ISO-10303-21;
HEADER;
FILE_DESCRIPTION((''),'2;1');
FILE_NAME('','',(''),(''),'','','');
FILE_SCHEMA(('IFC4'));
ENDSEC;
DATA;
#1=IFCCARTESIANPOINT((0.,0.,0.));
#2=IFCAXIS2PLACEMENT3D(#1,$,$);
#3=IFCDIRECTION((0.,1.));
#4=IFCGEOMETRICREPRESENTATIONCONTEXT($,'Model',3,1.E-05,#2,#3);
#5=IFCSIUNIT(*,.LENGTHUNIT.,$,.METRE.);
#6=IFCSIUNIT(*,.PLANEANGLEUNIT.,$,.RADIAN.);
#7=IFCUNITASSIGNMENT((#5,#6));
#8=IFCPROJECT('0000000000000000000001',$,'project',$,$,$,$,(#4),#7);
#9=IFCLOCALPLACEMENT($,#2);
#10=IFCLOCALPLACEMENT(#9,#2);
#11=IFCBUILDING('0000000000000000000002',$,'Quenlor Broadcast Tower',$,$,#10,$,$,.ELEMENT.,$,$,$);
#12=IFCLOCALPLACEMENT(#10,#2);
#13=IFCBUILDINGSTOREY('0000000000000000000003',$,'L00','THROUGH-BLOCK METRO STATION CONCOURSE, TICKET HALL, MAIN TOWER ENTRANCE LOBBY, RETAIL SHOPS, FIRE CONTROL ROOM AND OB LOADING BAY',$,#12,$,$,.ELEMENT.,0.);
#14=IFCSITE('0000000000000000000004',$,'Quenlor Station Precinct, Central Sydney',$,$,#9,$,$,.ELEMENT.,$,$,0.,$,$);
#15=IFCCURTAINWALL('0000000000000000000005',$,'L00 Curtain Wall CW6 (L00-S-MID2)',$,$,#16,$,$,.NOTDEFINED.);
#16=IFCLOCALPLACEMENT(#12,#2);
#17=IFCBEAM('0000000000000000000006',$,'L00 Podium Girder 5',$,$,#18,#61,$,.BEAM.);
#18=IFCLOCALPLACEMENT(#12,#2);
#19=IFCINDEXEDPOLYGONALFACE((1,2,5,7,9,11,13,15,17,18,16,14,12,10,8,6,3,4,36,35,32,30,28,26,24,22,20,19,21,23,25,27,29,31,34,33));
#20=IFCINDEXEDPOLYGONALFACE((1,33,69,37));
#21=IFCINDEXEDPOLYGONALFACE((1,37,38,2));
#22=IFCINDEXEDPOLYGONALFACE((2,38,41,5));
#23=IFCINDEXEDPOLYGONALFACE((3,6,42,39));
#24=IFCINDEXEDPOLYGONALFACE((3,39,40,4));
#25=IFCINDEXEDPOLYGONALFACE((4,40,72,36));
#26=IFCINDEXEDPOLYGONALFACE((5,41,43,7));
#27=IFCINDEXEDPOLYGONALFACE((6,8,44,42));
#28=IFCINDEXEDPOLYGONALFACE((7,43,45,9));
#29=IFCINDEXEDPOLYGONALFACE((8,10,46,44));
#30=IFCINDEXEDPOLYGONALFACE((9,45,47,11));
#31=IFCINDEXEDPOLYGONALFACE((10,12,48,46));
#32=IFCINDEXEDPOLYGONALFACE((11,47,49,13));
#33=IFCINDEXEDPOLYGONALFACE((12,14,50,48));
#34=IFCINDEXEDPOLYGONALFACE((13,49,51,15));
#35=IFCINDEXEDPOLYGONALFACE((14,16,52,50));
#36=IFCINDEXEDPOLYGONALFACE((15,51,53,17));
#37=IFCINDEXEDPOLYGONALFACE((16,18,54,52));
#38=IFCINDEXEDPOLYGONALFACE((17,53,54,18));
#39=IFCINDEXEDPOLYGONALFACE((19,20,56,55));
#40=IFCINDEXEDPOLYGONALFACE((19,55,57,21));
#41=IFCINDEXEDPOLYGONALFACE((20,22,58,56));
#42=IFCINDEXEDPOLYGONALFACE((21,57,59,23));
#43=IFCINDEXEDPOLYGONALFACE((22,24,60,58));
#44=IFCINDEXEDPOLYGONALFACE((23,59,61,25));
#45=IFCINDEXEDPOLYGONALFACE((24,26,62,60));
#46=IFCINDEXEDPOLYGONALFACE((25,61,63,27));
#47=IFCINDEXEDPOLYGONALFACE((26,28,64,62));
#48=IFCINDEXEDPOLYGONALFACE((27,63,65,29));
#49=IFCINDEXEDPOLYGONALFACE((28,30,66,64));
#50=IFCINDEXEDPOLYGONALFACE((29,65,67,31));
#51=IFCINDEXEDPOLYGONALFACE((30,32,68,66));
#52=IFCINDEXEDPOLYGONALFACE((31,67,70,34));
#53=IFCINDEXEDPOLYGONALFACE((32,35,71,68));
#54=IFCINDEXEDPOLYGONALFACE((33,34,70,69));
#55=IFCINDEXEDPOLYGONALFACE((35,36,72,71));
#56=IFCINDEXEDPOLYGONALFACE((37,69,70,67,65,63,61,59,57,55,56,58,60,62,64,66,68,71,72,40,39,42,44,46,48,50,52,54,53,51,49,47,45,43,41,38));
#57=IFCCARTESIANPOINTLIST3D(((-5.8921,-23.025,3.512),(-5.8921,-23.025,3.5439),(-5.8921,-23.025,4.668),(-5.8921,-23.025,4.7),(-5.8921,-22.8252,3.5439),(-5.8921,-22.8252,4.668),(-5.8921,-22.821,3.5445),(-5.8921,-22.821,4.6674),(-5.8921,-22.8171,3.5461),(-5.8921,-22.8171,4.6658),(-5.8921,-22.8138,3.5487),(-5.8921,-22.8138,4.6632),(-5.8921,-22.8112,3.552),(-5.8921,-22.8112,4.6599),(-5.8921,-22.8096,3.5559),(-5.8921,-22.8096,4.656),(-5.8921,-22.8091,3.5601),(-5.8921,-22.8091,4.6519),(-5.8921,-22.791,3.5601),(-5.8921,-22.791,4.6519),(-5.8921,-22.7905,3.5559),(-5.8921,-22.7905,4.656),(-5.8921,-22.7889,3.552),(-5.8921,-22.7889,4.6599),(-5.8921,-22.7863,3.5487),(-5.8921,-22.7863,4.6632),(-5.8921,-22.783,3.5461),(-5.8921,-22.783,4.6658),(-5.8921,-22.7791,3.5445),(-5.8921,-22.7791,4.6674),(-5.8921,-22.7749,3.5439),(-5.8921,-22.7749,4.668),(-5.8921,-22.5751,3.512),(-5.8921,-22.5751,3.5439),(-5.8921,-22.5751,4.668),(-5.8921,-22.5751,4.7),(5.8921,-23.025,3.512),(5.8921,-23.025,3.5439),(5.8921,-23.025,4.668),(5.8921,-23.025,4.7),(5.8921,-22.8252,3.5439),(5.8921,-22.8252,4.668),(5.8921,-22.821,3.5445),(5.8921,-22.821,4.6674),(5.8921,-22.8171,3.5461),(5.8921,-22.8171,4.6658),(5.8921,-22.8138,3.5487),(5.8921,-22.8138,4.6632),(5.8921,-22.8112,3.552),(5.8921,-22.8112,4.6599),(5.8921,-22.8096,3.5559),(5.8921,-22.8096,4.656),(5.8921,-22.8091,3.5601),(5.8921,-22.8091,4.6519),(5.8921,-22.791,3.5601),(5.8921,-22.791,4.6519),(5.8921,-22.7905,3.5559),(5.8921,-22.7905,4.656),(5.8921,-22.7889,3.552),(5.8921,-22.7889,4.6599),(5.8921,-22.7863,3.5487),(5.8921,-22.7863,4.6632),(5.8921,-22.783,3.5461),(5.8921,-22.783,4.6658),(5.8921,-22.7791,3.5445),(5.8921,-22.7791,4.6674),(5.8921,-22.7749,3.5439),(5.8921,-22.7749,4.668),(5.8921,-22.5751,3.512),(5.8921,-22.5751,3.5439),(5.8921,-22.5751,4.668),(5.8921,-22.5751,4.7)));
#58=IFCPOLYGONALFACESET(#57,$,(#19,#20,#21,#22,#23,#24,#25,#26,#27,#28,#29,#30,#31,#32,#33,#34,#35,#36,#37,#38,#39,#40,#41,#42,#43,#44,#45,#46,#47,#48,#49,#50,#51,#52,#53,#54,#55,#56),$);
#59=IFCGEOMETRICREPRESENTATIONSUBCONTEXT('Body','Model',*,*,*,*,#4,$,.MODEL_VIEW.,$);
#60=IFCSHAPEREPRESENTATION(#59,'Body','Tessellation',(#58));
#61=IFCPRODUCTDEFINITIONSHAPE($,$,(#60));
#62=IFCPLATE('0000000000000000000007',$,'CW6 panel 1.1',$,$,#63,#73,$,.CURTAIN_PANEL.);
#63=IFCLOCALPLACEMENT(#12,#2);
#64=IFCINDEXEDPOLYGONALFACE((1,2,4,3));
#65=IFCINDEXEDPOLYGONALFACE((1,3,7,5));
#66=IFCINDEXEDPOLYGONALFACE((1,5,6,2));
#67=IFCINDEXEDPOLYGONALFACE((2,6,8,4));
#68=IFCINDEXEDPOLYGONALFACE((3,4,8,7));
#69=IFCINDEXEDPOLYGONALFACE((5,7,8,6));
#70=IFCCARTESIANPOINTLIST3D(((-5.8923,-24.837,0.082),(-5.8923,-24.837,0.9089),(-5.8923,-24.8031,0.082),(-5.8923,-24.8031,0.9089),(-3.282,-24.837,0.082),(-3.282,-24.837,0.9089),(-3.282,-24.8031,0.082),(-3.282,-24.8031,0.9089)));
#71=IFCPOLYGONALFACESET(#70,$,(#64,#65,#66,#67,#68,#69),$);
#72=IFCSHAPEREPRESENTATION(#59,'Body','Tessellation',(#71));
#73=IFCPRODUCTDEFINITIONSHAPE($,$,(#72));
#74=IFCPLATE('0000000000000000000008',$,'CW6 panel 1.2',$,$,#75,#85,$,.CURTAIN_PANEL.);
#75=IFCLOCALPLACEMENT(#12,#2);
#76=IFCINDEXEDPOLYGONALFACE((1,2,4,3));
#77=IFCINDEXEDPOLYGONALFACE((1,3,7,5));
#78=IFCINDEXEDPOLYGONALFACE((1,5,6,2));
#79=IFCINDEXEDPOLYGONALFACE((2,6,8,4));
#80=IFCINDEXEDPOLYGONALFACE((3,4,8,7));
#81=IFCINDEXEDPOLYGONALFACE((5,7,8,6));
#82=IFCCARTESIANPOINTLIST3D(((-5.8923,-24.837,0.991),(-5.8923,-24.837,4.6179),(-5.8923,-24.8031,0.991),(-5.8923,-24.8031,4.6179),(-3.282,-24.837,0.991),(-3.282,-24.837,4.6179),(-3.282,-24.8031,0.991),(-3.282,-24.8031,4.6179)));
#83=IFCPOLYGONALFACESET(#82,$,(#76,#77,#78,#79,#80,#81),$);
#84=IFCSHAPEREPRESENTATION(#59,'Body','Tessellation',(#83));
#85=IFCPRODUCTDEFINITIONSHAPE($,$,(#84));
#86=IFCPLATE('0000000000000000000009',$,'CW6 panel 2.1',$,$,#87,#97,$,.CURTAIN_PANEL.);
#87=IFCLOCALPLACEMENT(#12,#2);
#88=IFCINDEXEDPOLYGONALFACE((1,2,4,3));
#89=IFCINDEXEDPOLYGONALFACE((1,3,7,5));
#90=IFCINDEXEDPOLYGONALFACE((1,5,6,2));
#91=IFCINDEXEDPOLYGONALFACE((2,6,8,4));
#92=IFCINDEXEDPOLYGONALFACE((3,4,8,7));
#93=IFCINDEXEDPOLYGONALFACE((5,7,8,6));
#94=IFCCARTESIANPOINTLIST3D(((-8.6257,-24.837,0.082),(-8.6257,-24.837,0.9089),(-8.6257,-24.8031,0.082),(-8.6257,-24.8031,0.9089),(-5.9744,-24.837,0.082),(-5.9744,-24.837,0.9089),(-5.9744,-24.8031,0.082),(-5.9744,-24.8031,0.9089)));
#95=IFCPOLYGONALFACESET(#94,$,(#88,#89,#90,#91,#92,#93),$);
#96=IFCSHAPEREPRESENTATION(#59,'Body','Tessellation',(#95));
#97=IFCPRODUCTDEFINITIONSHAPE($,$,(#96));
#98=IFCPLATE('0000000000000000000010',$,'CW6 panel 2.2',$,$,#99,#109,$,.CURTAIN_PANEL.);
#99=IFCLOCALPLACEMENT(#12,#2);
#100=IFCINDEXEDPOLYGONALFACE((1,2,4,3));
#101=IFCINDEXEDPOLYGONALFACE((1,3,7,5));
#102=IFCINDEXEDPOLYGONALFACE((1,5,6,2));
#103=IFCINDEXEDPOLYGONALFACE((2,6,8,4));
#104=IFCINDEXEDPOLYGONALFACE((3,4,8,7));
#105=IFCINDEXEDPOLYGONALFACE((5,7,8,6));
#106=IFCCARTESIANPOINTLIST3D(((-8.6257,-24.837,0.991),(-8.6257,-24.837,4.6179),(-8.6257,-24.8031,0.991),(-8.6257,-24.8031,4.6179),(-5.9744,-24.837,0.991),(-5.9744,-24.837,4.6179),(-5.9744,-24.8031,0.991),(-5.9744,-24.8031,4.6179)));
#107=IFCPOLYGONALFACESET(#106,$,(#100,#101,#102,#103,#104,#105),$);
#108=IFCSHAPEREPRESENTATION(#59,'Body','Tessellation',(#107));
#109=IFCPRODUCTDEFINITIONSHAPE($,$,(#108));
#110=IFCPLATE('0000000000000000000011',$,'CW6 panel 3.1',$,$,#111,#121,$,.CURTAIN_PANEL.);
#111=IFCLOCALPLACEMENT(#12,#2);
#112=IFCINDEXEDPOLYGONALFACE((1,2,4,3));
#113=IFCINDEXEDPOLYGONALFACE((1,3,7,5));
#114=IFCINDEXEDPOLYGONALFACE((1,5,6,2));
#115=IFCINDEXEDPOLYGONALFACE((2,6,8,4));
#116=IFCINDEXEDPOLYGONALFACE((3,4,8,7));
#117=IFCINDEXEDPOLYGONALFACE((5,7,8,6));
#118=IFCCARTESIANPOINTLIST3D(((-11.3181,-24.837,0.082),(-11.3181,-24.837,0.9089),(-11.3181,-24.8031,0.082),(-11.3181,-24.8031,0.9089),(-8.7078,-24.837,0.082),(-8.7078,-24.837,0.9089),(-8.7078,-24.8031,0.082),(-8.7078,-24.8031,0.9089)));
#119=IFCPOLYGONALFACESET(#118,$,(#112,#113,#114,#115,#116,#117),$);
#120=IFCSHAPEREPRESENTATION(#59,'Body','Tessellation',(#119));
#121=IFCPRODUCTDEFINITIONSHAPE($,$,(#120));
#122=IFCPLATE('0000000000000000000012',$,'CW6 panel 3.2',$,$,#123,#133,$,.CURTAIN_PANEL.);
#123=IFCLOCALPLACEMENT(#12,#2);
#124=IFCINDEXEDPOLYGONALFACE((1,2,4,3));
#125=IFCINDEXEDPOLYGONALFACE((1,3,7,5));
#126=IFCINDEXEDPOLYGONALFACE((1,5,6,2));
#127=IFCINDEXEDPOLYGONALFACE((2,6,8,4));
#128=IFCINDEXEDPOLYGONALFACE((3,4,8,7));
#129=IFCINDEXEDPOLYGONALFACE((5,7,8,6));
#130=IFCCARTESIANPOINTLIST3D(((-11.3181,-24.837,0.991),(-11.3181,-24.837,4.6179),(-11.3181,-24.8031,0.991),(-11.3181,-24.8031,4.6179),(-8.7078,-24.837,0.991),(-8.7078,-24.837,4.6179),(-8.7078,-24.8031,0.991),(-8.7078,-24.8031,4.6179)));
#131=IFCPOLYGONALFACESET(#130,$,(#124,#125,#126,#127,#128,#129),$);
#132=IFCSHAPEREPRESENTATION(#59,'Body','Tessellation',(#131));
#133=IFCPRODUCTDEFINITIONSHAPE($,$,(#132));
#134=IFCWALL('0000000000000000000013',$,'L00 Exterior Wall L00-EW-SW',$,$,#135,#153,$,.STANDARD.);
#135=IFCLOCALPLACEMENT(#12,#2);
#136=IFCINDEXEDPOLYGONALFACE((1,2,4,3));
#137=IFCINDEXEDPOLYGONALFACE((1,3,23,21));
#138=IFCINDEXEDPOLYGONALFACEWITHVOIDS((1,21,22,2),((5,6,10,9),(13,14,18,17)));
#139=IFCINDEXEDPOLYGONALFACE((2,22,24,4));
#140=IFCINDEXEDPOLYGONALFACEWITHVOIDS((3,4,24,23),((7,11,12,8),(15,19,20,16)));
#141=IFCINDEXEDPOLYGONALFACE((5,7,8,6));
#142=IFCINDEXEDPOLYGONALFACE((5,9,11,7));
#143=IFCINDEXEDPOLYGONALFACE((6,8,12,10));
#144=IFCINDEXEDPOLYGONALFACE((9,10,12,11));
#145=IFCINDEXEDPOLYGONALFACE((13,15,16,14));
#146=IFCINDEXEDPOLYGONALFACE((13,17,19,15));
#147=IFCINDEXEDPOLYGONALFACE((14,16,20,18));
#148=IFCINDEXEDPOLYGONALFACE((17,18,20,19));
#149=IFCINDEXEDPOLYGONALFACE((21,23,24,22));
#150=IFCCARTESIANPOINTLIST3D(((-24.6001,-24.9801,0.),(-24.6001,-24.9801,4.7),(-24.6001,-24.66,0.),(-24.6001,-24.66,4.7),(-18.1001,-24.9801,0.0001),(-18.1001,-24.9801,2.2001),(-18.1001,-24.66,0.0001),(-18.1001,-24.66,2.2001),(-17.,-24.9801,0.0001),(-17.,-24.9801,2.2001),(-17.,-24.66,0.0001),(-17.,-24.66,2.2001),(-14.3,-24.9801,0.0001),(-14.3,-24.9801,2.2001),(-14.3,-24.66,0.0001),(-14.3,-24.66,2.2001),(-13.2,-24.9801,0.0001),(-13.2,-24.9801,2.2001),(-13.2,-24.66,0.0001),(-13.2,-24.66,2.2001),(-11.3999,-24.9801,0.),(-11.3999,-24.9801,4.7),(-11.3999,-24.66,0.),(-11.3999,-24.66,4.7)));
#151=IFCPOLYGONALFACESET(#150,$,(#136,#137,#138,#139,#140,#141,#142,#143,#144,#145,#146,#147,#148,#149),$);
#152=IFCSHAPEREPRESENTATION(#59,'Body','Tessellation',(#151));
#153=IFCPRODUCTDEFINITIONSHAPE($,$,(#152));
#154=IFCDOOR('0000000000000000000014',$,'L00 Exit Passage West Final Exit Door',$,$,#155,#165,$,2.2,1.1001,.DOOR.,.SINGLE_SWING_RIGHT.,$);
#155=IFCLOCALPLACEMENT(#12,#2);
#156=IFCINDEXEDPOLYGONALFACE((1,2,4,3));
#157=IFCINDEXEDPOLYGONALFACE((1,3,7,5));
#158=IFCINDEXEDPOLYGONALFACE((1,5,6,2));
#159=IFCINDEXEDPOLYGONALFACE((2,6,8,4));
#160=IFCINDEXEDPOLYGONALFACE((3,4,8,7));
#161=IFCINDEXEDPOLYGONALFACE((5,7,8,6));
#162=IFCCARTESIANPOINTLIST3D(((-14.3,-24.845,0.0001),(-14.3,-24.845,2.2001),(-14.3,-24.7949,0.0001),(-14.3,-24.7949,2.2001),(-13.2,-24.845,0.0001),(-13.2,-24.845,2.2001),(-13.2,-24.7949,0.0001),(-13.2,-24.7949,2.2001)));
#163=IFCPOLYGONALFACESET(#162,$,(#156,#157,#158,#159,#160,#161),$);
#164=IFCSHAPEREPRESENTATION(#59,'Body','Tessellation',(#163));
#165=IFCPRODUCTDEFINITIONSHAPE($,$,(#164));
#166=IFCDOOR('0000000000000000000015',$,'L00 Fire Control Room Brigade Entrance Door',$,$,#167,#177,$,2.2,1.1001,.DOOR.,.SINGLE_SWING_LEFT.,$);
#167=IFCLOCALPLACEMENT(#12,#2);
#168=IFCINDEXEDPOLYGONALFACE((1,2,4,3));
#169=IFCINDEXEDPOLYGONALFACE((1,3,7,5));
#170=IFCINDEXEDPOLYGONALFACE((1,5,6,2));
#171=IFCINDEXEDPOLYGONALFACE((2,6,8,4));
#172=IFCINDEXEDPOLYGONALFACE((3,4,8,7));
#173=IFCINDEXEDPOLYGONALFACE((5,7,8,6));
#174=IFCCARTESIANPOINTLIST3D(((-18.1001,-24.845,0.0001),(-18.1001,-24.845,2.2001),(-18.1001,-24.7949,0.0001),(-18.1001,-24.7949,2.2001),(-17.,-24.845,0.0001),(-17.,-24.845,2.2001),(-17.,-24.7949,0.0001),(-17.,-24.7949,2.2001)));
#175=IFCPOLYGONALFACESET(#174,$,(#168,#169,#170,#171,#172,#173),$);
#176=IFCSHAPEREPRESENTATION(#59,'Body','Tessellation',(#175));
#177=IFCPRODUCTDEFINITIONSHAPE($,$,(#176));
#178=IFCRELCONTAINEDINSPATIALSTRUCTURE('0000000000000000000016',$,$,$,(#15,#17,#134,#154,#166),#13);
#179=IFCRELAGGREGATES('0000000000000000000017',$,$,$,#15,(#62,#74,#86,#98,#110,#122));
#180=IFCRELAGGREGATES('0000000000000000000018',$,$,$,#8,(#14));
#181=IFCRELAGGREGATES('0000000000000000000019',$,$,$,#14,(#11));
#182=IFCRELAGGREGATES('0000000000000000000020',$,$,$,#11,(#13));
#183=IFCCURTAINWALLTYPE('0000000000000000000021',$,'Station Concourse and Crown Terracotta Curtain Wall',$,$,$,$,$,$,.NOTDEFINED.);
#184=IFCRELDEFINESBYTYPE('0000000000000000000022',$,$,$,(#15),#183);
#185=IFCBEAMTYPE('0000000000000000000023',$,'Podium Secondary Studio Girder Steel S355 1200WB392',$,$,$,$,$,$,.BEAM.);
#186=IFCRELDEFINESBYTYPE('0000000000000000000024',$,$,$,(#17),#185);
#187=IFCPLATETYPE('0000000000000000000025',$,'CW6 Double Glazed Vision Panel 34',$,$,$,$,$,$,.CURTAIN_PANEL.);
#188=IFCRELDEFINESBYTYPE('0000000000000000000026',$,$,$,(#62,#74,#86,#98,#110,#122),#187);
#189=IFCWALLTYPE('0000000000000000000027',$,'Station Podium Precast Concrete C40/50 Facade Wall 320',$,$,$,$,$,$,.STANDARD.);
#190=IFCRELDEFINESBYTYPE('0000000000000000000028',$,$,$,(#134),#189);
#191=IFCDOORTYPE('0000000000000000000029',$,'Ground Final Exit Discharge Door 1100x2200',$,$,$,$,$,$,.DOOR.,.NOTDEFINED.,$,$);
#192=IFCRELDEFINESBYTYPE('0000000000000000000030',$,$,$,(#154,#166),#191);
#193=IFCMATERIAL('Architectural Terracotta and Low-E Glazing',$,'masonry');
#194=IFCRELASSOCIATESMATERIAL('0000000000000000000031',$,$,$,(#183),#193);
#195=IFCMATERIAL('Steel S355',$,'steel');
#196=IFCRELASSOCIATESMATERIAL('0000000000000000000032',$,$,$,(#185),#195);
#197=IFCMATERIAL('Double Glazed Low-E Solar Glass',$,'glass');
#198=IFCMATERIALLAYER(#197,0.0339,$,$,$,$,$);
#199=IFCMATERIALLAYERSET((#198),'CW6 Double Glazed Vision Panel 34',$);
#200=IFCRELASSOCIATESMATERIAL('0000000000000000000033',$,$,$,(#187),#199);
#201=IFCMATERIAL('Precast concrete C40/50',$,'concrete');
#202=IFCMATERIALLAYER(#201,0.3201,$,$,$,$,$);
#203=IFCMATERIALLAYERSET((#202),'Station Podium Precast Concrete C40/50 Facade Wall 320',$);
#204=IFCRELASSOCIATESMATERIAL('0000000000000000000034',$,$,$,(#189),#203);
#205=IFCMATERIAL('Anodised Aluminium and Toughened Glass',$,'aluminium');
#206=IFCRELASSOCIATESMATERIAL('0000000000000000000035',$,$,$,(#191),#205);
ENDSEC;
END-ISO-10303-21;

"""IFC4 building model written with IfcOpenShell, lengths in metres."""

from ifc_helpers import new_model, si_unit, direction, frame, frame_2d, origin, origin_2d, place, context, subcontext, project, spatial, rectangle, i_section, extrude, material, layer, layer_set, material_profile, profile_set, type_object, element, fill, aggregate, save


model = new_model("IFC4")

# Units and contexts
model_context = context("Model", 3, precision=1e-05, world=origin(), true_north=direction((0.0, 1.0)))
body_context = subcontext(model_context, "Body", "Model", "MODEL_VIEW")
ifc_project = project(units=[si_unit("LENGTHUNIT", "METRE"), si_unit("PLANEANGLEUNIT", "RADIAN")], contexts=[model_context])

# Site, building, storey
site_placement = place(None, origin())
site = spatial("IfcSite", under=ifc_project, at=site_placement, Name="Quenlor Station Precinct, Central Sydney", CompositionType="ELEMENT", RefElevation=0.0)
building_placement = place(site_placement, origin())
building = spatial("IfcBuilding", under=site, at=building_placement, Name="Quenlor Broadcast Tower", CompositionType="ELEMENT")
storey_placement = place(building_placement, origin())
storey = spatial("IfcBuildingStorey", under=building, at=storey_placement, Name="L00", Description="THROUGH-BLOCK METRO STATION CONCOURSE, TICKET HALL, MAIN TOWER ENTRANCE LOBBY, RETAIL SHOPS, FIRE CONTROL ROOM AND OB LOADING BAY", CompositionType="ELEMENT", Elevation=0.0)

# Curtain wall
ifc_material_1 = material(Name="Architectural Terracotta and Low-E Glazing", Category="masonry")
curtain_wall_type = type_object("IfcCurtainWallType", Name="Station Concourse and Crown Terracotta Curtain Wall", PredefinedType="NOTDEFINED", material=ifc_material_1)
curtain_wall_placement = place(storey_placement, origin())
curtain_wall = element("IfcCurtainWall", 1, at=curtain_wall_placement, inside=storey, type_object=curtain_wall_type, Name="L00 Curtain Wall CW6 (L00-S-MID2)", PredefinedType="NOTDEFINED")

# Beam
ifc_material_2 = material(Name="Steel S355", Category="steel")
ifc_material_profile_1 = material_profile(ifc_material_2, i_section(OverallWidth=0.45, OverallDepth=1.188, WebThickness=0.0181, FlangeThickness=0.032, FilletRadius=0.0161, at=origin_2d()))
ifc_profile_set_1 = profile_set([ifc_material_profile_1], Name="Steel S355 1200WB392")
beam_type_1 = type_object("IfcBeamType", Name="Podium Secondary Studio Girder Steel S355 1200WB392", PredefinedType="BEAM", material=ifc_profile_set_1)
beam_1_placement = place(storey_placement, frame((-5.8921, -22.8, 4.106), z_axis=(1.0, 0.0, 0.0), x_axis=(0.0, 1.0, 0.0)))
element("IfcBeam", 2, at=beam_1_placement, inside=storey, type_object=beam_type_1, Name="L00 Podium Girder 5", PredefinedType="BEAM", context=body_context, shape_type="SweptSolid", body=[
    extrude(i_section(OverallWidth=0.45, OverallDepth=1.188, WebThickness=0.0181, FlangeThickness=0.032, FilletRadius=0.0161, at=origin_2d()), origin(), (0.0, 0.0, 1.0), 11.7842),
])

# Plates
ifc_material_3 = material(Name="Double Glazed Low-E Solar Glass", Category="glass")
ifc_layer_1 = layer(ifc_material_3, 0.0339)
ifc_layer_set_1 = layer_set([ifc_layer_1], Name="CW6 Double Glazed Vision Panel 34")
plate_type = type_object("IfcPlateType", Name="CW6 Double Glazed Vision Panel 34", PredefinedType="CURTAIN_PANEL", material=ifc_layer_set_1)
plate_1_placement = place(storey_placement, frame((-4.5872, -24.8201, 0.082), z_axis=(0.0, 0.0, 1.0), x_axis=(-1.0, 0.0, 0.0)))
plate_1 = element("IfcPlate", 3, at=plate_1_placement, type_object=plate_type, Name="CW6 panel 1.1", PredefinedType="CURTAIN_PANEL", context=body_context, shape_type="SweptSolid", body=[
    extrude(rectangle(XDim=2.6104, YDim=0.0339, at=origin_2d()), origin(), (0.0, 0.0, 1.0), 0.8269),
])
plate_2_placement = place(storey_placement, frame((-4.5872, -24.8201, 0.991), z_axis=(0.0, 0.0, 1.0), x_axis=(-1.0, 0.0, 0.0)))
plate_2 = element("IfcPlate", 4, at=plate_2_placement, type_object=plate_type, Name="CW6 panel 1.2", PredefinedType="CURTAIN_PANEL", context=body_context, shape_type="SweptSolid", body=[
    extrude(rectangle(XDim=2.6104, YDim=0.0339, at=origin_2d()), origin(), (0.0, 0.0, 1.0), 3.627),
])
plate_3_placement = place(storey_placement, frame((-7.3, -24.8201, 0.082), z_axis=(0.0, 0.0, 1.0), x_axis=(-1.0, 0.0, 0.0)))
plate_3 = element("IfcPlate", 5, at=plate_3_placement, type_object=plate_type, Name="CW6 panel 2.1", PredefinedType="CURTAIN_PANEL", context=body_context, shape_type="SweptSolid", body=[
    extrude(rectangle(XDim=2.6514, YDim=0.0339, at=origin_2d()), origin(), (0.0, 0.0, 1.0), 0.8269),
])
plate_4_placement = place(storey_placement, frame((-7.3, -24.8201, 0.991), z_axis=(0.0, 0.0, 1.0), x_axis=(-1.0, 0.0, 0.0)))
plate_4 = element("IfcPlate", 6, at=plate_4_placement, type_object=plate_type, Name="CW6 panel 2.2", PredefinedType="CURTAIN_PANEL", context=body_context, shape_type="SweptSolid", body=[
    extrude(rectangle(XDim=2.6514, YDim=0.0339, at=origin_2d()), origin(), (0.0, 0.0, 1.0), 3.627),
])
plate_5_placement = place(storey_placement, frame((-10.0129, -24.8201, 0.082), z_axis=(0.0, 0.0, 1.0), x_axis=(-1.0, 0.0, 0.0)))
plate_5 = element("IfcPlate", 7, at=plate_5_placement, type_object=plate_type, Name="CW6 panel 3.1", PredefinedType="CURTAIN_PANEL", context=body_context, shape_type="SweptSolid", body=[
    extrude(rectangle(XDim=2.6104, YDim=0.0339, at=origin_2d()), origin(), (0.0, 0.0, 1.0), 0.8269),
])
plate_6_placement = place(storey_placement, frame((-10.0129, -24.8201, 0.991), z_axis=(0.0, 0.0, 1.0), x_axis=(-1.0, 0.0, 0.0)))
plate_6 = element("IfcPlate", 8, at=plate_6_placement, type_object=plate_type, Name="CW6 panel 3.2", PredefinedType="CURTAIN_PANEL", context=body_context, shape_type="SweptSolid", body=[
    extrude(rectangle(XDim=2.6104, YDim=0.0339, at=origin_2d()), origin(), (0.0, 0.0, 1.0), 3.627),
])
aggregate(curtain_wall, [plate_1, plate_2, plate_3, plate_4, plate_5, plate_6])

# Wall, openings, doors
ifc_material_4 = material(Name="Precast concrete C40/50", Category="concrete")
ifc_layer_2 = layer(ifc_material_4, 0.3201)
ifc_layer_set_2 = layer_set([ifc_layer_2], Name="Station Podium Precast Concrete C40/50 Facade Wall 320")
wall_type = type_object("IfcWallType", Name="Station Podium Precast Concrete C40/50 Facade Wall 320", PredefinedType="STANDARD", material=ifc_layer_set_2)
wall_placement = place(storey_placement, frame((-11.3999, -24.8201, 0.0), z_axis=(0.0, 0.0, 1.0), x_axis=(-1.0, 0.0, 0.0)))
wall = element("IfcWall", 9, at=wall_placement, inside=storey, type_object=wall_type, Name="L00 Exterior Wall L00-EW-SW", PredefinedType="STANDARD", context=body_context, shape_type="SweptSolid", body=[
    extrude(rectangle(XDim=13.2002, YDim=0.3201, at=frame_2d((6.6001, 0.0))), origin(), (0.0, 0.0, 1.0), 4.7),
])
opening_1_placement = place(wall_placement, frame((1.8, 0.0, 0.0)))
opening_1 = element("IfcOpeningElement", 10, at=opening_1_placement, cuts=wall, PredefinedType="OPENING", context=body_context, shape_type="SweptSolid", body=[
    extrude(rectangle(XDim=1.1001, YDim=2.2, at=frame_2d((0.55, 1.1001))), frame((0.0, 0.1699, 0.0), z_axis=(0.0, -1.0, 0.0), x_axis=(1.0, 0.0, 0.0)), (0.0, 0.0, 1.0), 0.3401),
])
opening_2_placement = place(wall_placement, frame((5.6001, 0.0, 0.0)))
opening_2 = element("IfcOpeningElement", 11, at=opening_2_placement, cuts=wall, PredefinedType="OPENING", context=body_context, shape_type="SweptSolid", body=[
    extrude(rectangle(XDim=1.1001, YDim=2.2, at=frame_2d((0.55, 1.1001))), frame((0.0, 0.1699, 0.0), z_axis=(0.0, -1.0, 0.0), x_axis=(1.0, 0.0, 0.0)), (0.0, 0.0, 1.0), 0.3401),
])
ifc_material_5 = material(Name="Anodised Aluminium and Toughened Glass", Category="aluminium")
door_type = type_object("IfcDoorType", Name="Ground Final Exit Discharge Door 1100x2200", OperationType="NOTDEFINED", PredefinedType="DOOR", material=ifc_material_5)
door_1_placement = place(opening_1_placement, origin())
door_1 = element("IfcDoor", 12, at=door_1_placement, inside=storey, type_object=door_type, Name="L00 Exit Passage West Final Exit Door", OperationType="SINGLE_SWING_RIGHT", OverallHeight=2.2, OverallWidth=1.1001, PredefinedType="DOOR", context=body_context, shape_type="SweptSolid", body=[
    extrude(rectangle(XDim=1.1001, YDim=2.2, at=frame_2d((0.55, 1.1001))), frame((0.0, 0.0249, 0.0), z_axis=(0.0, -1.0, 0.0), x_axis=(1.0, 0.0, 0.0)), (0.0, 0.0, 1.0), 0.05),
])
fill(opening_1, door_1)
door_2_placement = place(opening_2_placement, origin())
door_2 = element("IfcDoor", 13, at=door_2_placement, inside=storey, type_object=door_type, Name="L00 Fire Control Room Brigade Entrance Door", OperationType="SINGLE_SWING_LEFT", OverallHeight=2.2, OverallWidth=1.1001, PredefinedType="DOOR", context=body_context, shape_type="SweptSolid", body=[
    extrude(rectangle(XDim=1.1001, YDim=2.2, at=frame_2d((0.55, 1.1001))), frame((0.0, 0.0249, 0.0), z_axis=(0.0, -1.0, 0.0), x_axis=(1.0, 0.0, 0.0)), (0.0, 0.0, 1.0), 0.05),
])
fill(opening_2, door_2)

save(model, "model.ifc")
